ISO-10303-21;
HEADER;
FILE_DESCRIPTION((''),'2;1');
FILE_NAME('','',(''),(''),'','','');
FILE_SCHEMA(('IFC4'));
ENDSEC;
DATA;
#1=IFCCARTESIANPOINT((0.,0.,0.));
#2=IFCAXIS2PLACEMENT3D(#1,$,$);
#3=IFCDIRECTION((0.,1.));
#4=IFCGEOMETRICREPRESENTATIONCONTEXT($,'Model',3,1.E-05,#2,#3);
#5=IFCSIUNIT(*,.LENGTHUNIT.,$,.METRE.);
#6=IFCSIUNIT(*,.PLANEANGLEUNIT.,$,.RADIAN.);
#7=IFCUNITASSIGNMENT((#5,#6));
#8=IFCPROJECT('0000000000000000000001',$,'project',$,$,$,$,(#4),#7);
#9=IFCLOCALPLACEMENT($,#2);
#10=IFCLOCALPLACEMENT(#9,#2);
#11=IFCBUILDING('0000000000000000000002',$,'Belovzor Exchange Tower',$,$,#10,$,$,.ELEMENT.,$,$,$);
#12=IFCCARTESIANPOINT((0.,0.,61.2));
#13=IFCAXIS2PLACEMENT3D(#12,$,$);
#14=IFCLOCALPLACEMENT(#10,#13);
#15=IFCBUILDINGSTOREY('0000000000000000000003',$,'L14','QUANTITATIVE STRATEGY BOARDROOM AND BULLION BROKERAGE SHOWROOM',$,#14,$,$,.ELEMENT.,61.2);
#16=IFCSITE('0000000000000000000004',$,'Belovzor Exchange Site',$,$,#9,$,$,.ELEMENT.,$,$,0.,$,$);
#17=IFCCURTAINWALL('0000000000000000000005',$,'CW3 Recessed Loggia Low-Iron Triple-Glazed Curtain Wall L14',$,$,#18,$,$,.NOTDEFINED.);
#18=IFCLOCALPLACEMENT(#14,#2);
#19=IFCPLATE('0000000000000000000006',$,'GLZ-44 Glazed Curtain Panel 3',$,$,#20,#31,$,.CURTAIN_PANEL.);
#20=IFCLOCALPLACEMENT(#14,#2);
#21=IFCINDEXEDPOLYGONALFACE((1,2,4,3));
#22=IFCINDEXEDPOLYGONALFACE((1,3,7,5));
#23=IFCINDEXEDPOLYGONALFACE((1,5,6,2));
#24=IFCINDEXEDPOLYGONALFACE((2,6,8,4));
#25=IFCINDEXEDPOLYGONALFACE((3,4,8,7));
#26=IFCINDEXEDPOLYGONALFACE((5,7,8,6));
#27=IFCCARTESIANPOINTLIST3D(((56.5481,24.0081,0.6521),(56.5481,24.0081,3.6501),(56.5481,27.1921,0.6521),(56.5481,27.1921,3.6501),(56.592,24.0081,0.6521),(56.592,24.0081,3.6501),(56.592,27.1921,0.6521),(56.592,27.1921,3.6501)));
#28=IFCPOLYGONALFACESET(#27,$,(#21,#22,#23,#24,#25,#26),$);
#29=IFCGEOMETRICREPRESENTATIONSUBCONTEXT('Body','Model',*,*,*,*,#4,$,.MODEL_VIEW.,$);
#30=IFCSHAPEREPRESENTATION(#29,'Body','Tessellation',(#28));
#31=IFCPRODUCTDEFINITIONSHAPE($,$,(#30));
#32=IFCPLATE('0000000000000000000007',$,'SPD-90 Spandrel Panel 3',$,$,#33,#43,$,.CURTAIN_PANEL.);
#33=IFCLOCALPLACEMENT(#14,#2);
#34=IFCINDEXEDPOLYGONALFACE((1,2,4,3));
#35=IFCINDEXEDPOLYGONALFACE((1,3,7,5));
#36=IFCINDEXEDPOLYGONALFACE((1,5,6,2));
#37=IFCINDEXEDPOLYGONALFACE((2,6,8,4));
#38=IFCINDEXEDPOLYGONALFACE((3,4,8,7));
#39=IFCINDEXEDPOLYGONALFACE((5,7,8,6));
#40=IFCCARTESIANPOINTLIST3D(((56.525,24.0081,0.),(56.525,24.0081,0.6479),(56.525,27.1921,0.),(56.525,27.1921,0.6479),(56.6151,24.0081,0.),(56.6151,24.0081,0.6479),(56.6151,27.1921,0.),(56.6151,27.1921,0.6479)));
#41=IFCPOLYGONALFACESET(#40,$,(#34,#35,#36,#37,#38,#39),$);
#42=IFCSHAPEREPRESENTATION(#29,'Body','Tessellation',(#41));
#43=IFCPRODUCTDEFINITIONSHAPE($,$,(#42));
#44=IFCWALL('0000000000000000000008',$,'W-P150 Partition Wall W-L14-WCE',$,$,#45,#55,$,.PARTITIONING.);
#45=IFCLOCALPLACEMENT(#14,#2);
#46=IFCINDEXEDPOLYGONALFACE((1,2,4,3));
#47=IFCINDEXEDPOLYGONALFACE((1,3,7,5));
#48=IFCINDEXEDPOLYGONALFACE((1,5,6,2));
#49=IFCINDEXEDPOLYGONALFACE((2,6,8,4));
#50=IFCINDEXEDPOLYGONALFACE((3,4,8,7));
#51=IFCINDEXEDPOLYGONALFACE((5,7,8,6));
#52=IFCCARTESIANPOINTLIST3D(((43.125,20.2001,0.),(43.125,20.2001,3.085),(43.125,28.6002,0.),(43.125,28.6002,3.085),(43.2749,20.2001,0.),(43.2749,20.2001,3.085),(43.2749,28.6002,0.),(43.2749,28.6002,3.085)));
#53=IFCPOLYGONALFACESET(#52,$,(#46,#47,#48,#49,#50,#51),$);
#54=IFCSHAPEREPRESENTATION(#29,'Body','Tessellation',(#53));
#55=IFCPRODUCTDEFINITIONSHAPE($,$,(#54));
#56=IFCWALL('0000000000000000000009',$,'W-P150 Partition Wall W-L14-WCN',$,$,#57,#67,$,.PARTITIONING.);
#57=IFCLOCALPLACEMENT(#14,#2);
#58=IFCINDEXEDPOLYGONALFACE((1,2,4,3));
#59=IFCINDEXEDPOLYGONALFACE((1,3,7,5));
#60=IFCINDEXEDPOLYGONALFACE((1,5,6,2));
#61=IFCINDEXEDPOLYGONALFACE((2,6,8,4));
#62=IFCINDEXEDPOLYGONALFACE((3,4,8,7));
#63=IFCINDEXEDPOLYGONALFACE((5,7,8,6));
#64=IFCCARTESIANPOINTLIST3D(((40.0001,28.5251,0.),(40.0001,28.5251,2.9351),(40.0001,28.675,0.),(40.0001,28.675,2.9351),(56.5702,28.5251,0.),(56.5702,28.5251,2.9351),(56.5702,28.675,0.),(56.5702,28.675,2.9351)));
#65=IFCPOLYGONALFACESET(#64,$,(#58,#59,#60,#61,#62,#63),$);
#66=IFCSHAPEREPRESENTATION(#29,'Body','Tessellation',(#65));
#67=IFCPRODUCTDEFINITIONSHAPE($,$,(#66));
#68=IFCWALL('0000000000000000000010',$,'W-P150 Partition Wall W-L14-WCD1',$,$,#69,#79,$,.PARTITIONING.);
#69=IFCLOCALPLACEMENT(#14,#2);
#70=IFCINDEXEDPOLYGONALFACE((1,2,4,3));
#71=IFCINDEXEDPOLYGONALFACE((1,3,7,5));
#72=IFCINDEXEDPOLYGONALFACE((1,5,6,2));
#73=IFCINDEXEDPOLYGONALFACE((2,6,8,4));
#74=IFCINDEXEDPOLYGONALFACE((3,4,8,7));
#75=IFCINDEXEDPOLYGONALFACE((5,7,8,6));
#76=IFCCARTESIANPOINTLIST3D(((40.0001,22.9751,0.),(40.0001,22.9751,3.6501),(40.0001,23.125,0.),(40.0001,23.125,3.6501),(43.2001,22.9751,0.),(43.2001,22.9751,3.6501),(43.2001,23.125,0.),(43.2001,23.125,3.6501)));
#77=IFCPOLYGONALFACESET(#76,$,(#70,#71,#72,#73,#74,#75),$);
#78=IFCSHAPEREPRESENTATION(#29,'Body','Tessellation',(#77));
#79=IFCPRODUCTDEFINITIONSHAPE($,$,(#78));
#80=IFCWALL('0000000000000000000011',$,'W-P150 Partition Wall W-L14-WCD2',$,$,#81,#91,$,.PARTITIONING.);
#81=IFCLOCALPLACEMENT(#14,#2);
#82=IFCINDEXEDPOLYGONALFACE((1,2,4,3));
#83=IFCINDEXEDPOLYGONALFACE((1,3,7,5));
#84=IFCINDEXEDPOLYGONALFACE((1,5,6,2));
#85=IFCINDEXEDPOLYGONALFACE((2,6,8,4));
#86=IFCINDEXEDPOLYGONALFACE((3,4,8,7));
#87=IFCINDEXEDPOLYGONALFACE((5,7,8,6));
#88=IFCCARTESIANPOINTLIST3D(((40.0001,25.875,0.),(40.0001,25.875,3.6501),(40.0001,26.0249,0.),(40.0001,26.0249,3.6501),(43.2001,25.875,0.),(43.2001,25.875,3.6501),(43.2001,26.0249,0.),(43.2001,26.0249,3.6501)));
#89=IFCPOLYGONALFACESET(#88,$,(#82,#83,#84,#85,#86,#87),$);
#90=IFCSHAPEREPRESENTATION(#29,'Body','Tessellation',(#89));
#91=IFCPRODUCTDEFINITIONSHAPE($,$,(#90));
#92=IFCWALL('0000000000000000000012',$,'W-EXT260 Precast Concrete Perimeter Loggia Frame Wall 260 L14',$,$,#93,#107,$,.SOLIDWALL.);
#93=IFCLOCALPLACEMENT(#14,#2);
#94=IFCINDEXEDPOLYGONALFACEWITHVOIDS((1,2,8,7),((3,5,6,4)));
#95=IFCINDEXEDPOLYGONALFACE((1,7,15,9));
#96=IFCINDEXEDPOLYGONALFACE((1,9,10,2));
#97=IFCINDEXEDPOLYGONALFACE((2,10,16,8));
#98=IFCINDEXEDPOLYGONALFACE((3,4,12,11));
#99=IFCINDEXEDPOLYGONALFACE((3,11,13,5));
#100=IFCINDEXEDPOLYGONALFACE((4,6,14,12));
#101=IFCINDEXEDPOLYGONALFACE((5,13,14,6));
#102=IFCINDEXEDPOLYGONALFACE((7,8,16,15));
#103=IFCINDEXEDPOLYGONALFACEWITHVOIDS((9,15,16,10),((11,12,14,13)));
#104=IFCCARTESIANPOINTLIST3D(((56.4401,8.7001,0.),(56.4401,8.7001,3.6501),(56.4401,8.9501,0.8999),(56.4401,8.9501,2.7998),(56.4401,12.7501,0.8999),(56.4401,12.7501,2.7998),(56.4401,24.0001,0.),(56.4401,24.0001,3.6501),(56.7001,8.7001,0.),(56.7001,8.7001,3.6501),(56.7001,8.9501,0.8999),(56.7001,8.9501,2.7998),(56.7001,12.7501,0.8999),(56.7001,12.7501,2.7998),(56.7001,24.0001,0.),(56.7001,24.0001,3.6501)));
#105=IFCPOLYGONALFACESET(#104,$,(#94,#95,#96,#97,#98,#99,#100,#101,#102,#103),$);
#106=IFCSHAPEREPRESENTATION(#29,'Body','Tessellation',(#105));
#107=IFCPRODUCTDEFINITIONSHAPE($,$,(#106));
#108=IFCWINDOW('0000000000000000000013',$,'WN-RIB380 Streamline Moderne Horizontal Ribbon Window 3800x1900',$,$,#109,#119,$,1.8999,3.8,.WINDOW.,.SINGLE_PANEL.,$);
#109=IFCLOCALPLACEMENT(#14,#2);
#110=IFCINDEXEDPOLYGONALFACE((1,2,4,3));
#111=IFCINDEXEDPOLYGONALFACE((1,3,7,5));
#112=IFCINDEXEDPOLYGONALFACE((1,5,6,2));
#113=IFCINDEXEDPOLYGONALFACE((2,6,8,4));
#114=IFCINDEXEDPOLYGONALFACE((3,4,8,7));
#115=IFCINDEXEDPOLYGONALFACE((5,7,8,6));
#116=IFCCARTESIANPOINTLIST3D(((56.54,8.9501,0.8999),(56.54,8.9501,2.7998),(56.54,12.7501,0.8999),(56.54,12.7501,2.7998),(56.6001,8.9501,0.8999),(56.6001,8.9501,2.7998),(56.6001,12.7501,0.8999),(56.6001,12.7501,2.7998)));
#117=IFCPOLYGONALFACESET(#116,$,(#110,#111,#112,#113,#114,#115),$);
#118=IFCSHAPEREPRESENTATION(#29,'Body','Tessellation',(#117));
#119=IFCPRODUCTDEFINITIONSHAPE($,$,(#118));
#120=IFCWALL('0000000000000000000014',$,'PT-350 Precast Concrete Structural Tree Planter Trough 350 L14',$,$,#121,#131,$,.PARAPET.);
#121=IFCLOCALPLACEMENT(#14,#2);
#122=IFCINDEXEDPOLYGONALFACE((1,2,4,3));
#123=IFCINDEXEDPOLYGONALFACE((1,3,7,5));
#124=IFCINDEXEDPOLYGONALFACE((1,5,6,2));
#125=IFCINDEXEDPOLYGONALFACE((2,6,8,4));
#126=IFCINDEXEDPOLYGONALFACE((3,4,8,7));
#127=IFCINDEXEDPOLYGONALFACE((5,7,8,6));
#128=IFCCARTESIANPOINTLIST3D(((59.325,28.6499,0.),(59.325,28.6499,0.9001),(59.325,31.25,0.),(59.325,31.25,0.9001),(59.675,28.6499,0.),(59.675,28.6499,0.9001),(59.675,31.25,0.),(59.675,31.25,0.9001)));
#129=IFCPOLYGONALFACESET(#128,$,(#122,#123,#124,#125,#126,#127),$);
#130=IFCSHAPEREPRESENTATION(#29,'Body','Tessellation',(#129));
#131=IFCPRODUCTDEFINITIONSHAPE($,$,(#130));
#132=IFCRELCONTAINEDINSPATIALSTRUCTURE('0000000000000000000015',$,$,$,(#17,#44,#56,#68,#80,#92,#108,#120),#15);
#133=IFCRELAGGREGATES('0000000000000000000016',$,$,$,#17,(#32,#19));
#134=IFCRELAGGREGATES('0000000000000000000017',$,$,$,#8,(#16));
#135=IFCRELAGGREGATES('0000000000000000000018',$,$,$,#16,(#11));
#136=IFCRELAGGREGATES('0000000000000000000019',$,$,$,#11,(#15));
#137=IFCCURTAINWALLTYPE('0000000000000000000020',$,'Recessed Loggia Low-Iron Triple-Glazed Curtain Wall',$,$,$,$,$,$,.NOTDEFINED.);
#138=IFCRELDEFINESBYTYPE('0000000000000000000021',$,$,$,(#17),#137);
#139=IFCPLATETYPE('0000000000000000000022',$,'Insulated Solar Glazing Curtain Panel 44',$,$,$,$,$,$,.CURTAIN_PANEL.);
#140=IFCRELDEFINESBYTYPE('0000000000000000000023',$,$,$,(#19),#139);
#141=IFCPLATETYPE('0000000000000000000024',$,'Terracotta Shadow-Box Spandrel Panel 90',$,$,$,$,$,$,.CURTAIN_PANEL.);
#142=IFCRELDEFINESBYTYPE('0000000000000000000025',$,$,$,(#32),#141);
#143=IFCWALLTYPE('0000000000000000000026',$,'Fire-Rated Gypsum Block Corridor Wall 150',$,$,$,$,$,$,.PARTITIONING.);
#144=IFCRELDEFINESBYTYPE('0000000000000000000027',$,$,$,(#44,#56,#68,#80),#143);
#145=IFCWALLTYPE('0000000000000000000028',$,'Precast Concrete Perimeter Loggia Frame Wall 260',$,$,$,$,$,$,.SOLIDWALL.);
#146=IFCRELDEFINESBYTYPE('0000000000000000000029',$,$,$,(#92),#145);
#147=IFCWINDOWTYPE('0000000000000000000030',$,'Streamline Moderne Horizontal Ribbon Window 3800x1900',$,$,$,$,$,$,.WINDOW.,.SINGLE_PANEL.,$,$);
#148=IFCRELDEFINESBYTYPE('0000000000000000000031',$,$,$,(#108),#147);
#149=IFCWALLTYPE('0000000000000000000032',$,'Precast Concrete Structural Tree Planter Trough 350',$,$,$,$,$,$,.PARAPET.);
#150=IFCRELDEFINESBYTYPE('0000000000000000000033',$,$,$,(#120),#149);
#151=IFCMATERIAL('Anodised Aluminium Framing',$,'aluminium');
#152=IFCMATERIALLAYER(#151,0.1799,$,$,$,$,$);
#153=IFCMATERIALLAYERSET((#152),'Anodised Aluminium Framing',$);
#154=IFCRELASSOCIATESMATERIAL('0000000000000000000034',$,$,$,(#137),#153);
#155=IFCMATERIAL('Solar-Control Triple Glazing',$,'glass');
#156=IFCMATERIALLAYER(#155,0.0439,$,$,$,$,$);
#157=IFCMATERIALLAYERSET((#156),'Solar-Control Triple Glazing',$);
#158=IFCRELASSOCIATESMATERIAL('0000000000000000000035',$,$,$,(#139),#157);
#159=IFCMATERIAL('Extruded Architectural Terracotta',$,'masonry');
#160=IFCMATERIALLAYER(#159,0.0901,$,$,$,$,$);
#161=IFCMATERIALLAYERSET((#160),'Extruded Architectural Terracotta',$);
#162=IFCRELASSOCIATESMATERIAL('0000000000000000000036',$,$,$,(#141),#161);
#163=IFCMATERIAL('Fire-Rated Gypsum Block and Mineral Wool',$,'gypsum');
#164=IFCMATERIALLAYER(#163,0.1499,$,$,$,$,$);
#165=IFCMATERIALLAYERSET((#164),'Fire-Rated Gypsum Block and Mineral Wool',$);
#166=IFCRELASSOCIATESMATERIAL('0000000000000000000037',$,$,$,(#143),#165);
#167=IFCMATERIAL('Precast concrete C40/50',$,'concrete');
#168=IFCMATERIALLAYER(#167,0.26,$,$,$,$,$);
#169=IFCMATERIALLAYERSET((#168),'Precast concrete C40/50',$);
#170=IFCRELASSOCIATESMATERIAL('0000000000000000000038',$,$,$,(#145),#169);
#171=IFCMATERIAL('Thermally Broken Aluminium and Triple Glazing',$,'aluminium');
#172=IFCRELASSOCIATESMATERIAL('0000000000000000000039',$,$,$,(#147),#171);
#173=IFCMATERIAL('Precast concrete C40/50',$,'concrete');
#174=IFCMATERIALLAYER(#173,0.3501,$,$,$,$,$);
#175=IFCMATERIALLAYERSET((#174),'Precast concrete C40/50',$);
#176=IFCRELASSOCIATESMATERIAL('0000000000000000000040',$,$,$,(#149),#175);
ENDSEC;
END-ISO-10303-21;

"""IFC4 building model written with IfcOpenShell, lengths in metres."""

from ifc_helpers import new_model, si_unit, direction, frame, frame_2d, origin, origin_2d, place, context, subcontext, project, spatial, rectangle, extrude, material, layer, layer_set, type_object, element, fill, aggregate, save


model = new_model("IFC4")

# Units and contexts
model_context = context("Model", 3, precision=1e-05, world=origin(), true_north=direction((0.0, 1.0)))
body_context = subcontext(model_context, "Body", "Model", "MODEL_VIEW")
ifc_project = project(units=[si_unit("LENGTHUNIT", "METRE"), si_unit("PLANEANGLEUNIT", "RADIAN")], contexts=[model_context])

# Site, building, storey
site_placement = place(None, origin())
site = spatial("IfcSite", under=ifc_project, at=site_placement, Name="Belovzor Exchange Site", CompositionType="ELEMENT", RefElevation=0.0)
building_placement = place(site_placement, origin())
building = spatial("IfcBuilding", under=site, at=building_placement, Name="Belovzor Exchange Tower", CompositionType="ELEMENT")
storey_placement = place(building_placement, frame((0.0, 0.0, 61.2)))
storey = spatial("IfcBuildingStorey", under=building, at=storey_placement, Name="L14", Description="QUANTITATIVE STRATEGY BOARDROOM AND BULLION BROKERAGE SHOWROOM", CompositionType="ELEMENT", Elevation=61.2)

# Curtain wall
ifc_material_1 = material(Name="Anodised Aluminium Framing", Category="aluminium")
ifc_layer_1 = layer(ifc_material_1, 0.1799)
ifc_layer_set_1 = layer_set([ifc_layer_1], Name="Anodised Aluminium Framing")
curtain_wall_type = type_object("IfcCurtainWallType", Name="Recessed Loggia Low-Iron Triple-Glazed Curtain Wall", PredefinedType="NOTDEFINED", material=ifc_layer_set_1)
curtain_wall_placement = place(storey_placement, origin())
curtain_wall = element("IfcCurtainWall", 1, at=curtain_wall_placement, inside=storey, type_object=curtain_wall_type, Name="CW3 Recessed Loggia Low-Iron Triple-Glazed Curtain Wall L14", PredefinedType="NOTDEFINED")

# Plates
ifc_material_2 = material(Name="Solar-Control Triple Glazing", Category="glass")
ifc_layer_2 = layer(ifc_material_2, 0.0439)
ifc_layer_set_2 = layer_set([ifc_layer_2], Name="Solar-Control Triple Glazing")
plate_type_1 = type_object("IfcPlateType", Name="Insulated Solar Glazing Curtain Panel 44", PredefinedType="CURTAIN_PANEL", material=ifc_layer_set_2)
plate_1_placement = place(storey_placement, frame((56.5701, 25.6001, 0.6521), z_axis=(0.0, 0.0, 1.0), x_axis=(0.0, -1.0, 0.0)))
plate_1 = element("IfcPlate", 2, at=plate_1_placement, type_object=plate_type_1, Name="GLZ-44 Glazed Curtain Panel 3", PredefinedType="CURTAIN_PANEL", context=body_context, shape_type="SweptSolid", body=[
    extrude(rectangle(XDim=3.1841, YDim=0.0439, at=origin_2d()), origin(), (0.0, 0.0, 1.0), 2.998),
])
ifc_material_3 = material(Name="Extruded Architectural Terracotta", Category="masonry")
ifc_layer_3 = layer(ifc_material_3, 0.0901)
ifc_layer_set_3 = layer_set([ifc_layer_3], Name="Extruded Architectural Terracotta")
plate_type_2 = type_object("IfcPlateType", Name="Terracotta Shadow-Box Spandrel Panel 90", PredefinedType="CURTAIN_PANEL", material=ifc_layer_set_3)
plate_2_placement = place(storey_placement, frame((56.5701, 25.6001, 0.0), z_axis=(0.0, 0.0, 1.0), x_axis=(0.0, -1.0, 0.0)))
plate_2 = element("IfcPlate", 3, at=plate_2_placement, type_object=plate_type_2, Name="SPD-90 Spandrel Panel 3", PredefinedType="CURTAIN_PANEL", context=body_context, shape_type="SweptSolid", body=[
    extrude(rectangle(XDim=3.1841, YDim=0.0901, at=origin_2d()), origin(), (0.0, 0.0, 1.0), 0.6479),
])
aggregate(curtain_wall, [plate_2, plate_1])

# Walls
ifc_material_4 = material(Name="Fire-Rated Gypsum Block and Mineral Wool", Category="gypsum")
ifc_layer_4 = layer(ifc_material_4, 0.1499)
ifc_layer_set_4 = layer_set([ifc_layer_4], Name="Fire-Rated Gypsum Block and Mineral Wool")
wall_type_1 = type_object("IfcWallType", Name="Fire-Rated Gypsum Block Corridor Wall 150", PredefinedType="PARTITIONING", material=ifc_layer_set_4)
wall_1_placement = place(storey_placement, frame((43.2, 20.2, 0.0), z_axis=(0.0, 0.0, 1.0), x_axis=(0.0, 1.0, 0.0)))
element("IfcWall", 4, at=wall_1_placement, inside=storey, type_object=wall_type_1, Name="W-P150 Partition Wall W-L14-WCE", PredefinedType="PARTITIONING", context=body_context, shape_type="SweptSolid", body=[
    extrude(rectangle(XDim=8.4001, YDim=0.1499, at=frame_2d((4.2002, 0.0))), origin(), (0.0, 0.0, 1.0), 3.085),
])
wall_2_placement = place(storey_placement, frame((40.0, 28.6001, 0.0), z_axis=(0.0, 0.0, 1.0), x_axis=(1.0, 0.0, 0.0)))
element("IfcWall", 5, at=wall_2_placement, inside=storey, type_object=wall_type_1, Name="W-P150 Partition Wall W-L14-WCN", PredefinedType="PARTITIONING", context=body_context, shape_type="SweptSolid", body=[
    extrude(rectangle(XDim=16.5701, YDim=0.1499, at=frame_2d((8.2852, 0.0))), origin(), (0.0, 0.0, 1.0), 2.9351),
])
for number, where, z_axis, x_axis, name in (
    (6, (40.0, 23.05, 0.0), (0.0, 0.0, 1.0), (1.0, 0.0, 0.0), "W-P150 Partition Wall W-L14-WCD1"),
    (7, (40.0, 25.95, 0.0), (0.0, 0.0, 1.0), (1.0, 0.0, 0.0), "W-P150 Partition Wall W-L14-WCD2"),
):
    element("IfcWall", number, at=place(storey_placement, frame(where, z_axis=z_axis, x_axis=x_axis)), inside=storey, type_object=wall_type_1, Name=name, PredefinedType="PARTITIONING", context=body_context, shape_type="SweptSolid", body=[
        extrude(rectangle(XDim=3.2, YDim=0.1499, at=frame_2d((1.6001, 0.0))), origin(), (0.0, 0.0, 1.0), 3.6501),
    ])

# Wall, opening, window
ifc_material_5 = material(Name="Precast concrete C40/50", Category="concrete")
ifc_layer_5 = layer(ifc_material_5, 0.26)
ifc_layer_set_5 = layer_set([ifc_layer_5], Name="Precast concrete C40/50")
wall_type_2 = type_object("IfcWallType", Name="Precast Concrete Perimeter Loggia Frame Wall 260", PredefinedType="SOLIDWALL", material=ifc_layer_set_5)
wall_3_placement = place(storey_placement, frame((56.5701, 24.0, 0.0), z_axis=(0.0, 0.0, 1.0), x_axis=(0.0, -1.0, 0.0)))
wall_3 = element("IfcWall", 8, at=wall_3_placement, inside=storey, type_object=wall_type_2, Name="W-EXT260 Precast Concrete Perimeter Loggia Frame Wall 260 L14", PredefinedType="SOLIDWALL", context=body_context, shape_type="SweptSolid", body=[
    extrude(rectangle(XDim=15.3, YDim=0.26, at=frame_2d((7.6499, 0.0))), origin(), (0.0, 0.0, 1.0), 3.6501),
])
opening_placement = place(wall_3_placement, frame((11.25, 0.0, 0.8999)))
opening = element("IfcOpeningElement", 9, at=opening_placement, cuts=wall_3, PredefinedType="OPENING", context=body_context, shape_type="SweptSolid", body=[
    extrude(rectangle(XDim=3.8, YDim=1.8999, at=frame_2d((1.8999, 0.95))), frame((0.0, 0.1399, 0.0), z_axis=(0.0, -1.0, 0.0), x_axis=(1.0, 0.0, 0.0)), (0.0, 0.0, 1.0), 0.28),
])
ifc_material_6 = material(Name="Thermally Broken Aluminium and Triple Glazing", Category="aluminium")
window_type = type_object("IfcWindowType", Name="Streamline Moderne Horizontal Ribbon Window 3800x1900", PartitioningType="SINGLE_PANEL", PredefinedType="WINDOW", material=ifc_material_6)
window_placement = place(opening_placement, origin())
window = element("IfcWindow", 10, at=window_placement, inside=storey, type_object=window_type, Name="WN-RIB380 Streamline Moderne Horizontal Ribbon Window 3800x1900", OverallHeight=1.8999, OverallWidth=3.8, PartitioningType="SINGLE_PANEL", PredefinedType="WINDOW", context=body_context, shape_type="SweptSolid", body=[
    extrude(rectangle(XDim=3.8, YDim=1.8999, at=frame_2d((1.8999, 0.95))), frame((0.0, 0.03, 0.0), z_axis=(0.0, -1.0, 0.0), x_axis=(1.0, 0.0, 0.0)), (0.0, 0.0, 1.0), 0.0601),
])
fill(opening, window)

# Wall
ifc_material_7 = material(Name="Precast concrete C40/50", Category="concrete")
ifc_layer_6 = layer(ifc_material_7, 0.3501)
ifc_layer_set_6 = layer_set([ifc_layer_6], Name="Precast concrete C40/50")
wall_type_3 = type_object("IfcWallType", Name="Precast Concrete Structural Tree Planter Trough 350", PredefinedType="PARAPET", material=ifc_layer_set_6)
wall_4_placement = place(storey_placement, frame((59.5, 28.6499, 0.0), z_axis=(0.0, 0.0, 1.0), x_axis=(0.0, 1.0, 0.0)))
element("IfcWall", 11, at=wall_4_placement, inside=storey, type_object=wall_type_3, Name="PT-350 Precast Concrete Structural Tree Planter Trough 350 L14", PredefinedType="PARAPET", context=body_context, shape_type="SweptSolid", body=[
    extrude(rectangle(XDim=2.6001, YDim=0.3501, at=frame_2d((1.3, 0.0))), origin(), (0.0, 0.0, 1.0), 0.9001),
])

save(model, "model.ifc")
